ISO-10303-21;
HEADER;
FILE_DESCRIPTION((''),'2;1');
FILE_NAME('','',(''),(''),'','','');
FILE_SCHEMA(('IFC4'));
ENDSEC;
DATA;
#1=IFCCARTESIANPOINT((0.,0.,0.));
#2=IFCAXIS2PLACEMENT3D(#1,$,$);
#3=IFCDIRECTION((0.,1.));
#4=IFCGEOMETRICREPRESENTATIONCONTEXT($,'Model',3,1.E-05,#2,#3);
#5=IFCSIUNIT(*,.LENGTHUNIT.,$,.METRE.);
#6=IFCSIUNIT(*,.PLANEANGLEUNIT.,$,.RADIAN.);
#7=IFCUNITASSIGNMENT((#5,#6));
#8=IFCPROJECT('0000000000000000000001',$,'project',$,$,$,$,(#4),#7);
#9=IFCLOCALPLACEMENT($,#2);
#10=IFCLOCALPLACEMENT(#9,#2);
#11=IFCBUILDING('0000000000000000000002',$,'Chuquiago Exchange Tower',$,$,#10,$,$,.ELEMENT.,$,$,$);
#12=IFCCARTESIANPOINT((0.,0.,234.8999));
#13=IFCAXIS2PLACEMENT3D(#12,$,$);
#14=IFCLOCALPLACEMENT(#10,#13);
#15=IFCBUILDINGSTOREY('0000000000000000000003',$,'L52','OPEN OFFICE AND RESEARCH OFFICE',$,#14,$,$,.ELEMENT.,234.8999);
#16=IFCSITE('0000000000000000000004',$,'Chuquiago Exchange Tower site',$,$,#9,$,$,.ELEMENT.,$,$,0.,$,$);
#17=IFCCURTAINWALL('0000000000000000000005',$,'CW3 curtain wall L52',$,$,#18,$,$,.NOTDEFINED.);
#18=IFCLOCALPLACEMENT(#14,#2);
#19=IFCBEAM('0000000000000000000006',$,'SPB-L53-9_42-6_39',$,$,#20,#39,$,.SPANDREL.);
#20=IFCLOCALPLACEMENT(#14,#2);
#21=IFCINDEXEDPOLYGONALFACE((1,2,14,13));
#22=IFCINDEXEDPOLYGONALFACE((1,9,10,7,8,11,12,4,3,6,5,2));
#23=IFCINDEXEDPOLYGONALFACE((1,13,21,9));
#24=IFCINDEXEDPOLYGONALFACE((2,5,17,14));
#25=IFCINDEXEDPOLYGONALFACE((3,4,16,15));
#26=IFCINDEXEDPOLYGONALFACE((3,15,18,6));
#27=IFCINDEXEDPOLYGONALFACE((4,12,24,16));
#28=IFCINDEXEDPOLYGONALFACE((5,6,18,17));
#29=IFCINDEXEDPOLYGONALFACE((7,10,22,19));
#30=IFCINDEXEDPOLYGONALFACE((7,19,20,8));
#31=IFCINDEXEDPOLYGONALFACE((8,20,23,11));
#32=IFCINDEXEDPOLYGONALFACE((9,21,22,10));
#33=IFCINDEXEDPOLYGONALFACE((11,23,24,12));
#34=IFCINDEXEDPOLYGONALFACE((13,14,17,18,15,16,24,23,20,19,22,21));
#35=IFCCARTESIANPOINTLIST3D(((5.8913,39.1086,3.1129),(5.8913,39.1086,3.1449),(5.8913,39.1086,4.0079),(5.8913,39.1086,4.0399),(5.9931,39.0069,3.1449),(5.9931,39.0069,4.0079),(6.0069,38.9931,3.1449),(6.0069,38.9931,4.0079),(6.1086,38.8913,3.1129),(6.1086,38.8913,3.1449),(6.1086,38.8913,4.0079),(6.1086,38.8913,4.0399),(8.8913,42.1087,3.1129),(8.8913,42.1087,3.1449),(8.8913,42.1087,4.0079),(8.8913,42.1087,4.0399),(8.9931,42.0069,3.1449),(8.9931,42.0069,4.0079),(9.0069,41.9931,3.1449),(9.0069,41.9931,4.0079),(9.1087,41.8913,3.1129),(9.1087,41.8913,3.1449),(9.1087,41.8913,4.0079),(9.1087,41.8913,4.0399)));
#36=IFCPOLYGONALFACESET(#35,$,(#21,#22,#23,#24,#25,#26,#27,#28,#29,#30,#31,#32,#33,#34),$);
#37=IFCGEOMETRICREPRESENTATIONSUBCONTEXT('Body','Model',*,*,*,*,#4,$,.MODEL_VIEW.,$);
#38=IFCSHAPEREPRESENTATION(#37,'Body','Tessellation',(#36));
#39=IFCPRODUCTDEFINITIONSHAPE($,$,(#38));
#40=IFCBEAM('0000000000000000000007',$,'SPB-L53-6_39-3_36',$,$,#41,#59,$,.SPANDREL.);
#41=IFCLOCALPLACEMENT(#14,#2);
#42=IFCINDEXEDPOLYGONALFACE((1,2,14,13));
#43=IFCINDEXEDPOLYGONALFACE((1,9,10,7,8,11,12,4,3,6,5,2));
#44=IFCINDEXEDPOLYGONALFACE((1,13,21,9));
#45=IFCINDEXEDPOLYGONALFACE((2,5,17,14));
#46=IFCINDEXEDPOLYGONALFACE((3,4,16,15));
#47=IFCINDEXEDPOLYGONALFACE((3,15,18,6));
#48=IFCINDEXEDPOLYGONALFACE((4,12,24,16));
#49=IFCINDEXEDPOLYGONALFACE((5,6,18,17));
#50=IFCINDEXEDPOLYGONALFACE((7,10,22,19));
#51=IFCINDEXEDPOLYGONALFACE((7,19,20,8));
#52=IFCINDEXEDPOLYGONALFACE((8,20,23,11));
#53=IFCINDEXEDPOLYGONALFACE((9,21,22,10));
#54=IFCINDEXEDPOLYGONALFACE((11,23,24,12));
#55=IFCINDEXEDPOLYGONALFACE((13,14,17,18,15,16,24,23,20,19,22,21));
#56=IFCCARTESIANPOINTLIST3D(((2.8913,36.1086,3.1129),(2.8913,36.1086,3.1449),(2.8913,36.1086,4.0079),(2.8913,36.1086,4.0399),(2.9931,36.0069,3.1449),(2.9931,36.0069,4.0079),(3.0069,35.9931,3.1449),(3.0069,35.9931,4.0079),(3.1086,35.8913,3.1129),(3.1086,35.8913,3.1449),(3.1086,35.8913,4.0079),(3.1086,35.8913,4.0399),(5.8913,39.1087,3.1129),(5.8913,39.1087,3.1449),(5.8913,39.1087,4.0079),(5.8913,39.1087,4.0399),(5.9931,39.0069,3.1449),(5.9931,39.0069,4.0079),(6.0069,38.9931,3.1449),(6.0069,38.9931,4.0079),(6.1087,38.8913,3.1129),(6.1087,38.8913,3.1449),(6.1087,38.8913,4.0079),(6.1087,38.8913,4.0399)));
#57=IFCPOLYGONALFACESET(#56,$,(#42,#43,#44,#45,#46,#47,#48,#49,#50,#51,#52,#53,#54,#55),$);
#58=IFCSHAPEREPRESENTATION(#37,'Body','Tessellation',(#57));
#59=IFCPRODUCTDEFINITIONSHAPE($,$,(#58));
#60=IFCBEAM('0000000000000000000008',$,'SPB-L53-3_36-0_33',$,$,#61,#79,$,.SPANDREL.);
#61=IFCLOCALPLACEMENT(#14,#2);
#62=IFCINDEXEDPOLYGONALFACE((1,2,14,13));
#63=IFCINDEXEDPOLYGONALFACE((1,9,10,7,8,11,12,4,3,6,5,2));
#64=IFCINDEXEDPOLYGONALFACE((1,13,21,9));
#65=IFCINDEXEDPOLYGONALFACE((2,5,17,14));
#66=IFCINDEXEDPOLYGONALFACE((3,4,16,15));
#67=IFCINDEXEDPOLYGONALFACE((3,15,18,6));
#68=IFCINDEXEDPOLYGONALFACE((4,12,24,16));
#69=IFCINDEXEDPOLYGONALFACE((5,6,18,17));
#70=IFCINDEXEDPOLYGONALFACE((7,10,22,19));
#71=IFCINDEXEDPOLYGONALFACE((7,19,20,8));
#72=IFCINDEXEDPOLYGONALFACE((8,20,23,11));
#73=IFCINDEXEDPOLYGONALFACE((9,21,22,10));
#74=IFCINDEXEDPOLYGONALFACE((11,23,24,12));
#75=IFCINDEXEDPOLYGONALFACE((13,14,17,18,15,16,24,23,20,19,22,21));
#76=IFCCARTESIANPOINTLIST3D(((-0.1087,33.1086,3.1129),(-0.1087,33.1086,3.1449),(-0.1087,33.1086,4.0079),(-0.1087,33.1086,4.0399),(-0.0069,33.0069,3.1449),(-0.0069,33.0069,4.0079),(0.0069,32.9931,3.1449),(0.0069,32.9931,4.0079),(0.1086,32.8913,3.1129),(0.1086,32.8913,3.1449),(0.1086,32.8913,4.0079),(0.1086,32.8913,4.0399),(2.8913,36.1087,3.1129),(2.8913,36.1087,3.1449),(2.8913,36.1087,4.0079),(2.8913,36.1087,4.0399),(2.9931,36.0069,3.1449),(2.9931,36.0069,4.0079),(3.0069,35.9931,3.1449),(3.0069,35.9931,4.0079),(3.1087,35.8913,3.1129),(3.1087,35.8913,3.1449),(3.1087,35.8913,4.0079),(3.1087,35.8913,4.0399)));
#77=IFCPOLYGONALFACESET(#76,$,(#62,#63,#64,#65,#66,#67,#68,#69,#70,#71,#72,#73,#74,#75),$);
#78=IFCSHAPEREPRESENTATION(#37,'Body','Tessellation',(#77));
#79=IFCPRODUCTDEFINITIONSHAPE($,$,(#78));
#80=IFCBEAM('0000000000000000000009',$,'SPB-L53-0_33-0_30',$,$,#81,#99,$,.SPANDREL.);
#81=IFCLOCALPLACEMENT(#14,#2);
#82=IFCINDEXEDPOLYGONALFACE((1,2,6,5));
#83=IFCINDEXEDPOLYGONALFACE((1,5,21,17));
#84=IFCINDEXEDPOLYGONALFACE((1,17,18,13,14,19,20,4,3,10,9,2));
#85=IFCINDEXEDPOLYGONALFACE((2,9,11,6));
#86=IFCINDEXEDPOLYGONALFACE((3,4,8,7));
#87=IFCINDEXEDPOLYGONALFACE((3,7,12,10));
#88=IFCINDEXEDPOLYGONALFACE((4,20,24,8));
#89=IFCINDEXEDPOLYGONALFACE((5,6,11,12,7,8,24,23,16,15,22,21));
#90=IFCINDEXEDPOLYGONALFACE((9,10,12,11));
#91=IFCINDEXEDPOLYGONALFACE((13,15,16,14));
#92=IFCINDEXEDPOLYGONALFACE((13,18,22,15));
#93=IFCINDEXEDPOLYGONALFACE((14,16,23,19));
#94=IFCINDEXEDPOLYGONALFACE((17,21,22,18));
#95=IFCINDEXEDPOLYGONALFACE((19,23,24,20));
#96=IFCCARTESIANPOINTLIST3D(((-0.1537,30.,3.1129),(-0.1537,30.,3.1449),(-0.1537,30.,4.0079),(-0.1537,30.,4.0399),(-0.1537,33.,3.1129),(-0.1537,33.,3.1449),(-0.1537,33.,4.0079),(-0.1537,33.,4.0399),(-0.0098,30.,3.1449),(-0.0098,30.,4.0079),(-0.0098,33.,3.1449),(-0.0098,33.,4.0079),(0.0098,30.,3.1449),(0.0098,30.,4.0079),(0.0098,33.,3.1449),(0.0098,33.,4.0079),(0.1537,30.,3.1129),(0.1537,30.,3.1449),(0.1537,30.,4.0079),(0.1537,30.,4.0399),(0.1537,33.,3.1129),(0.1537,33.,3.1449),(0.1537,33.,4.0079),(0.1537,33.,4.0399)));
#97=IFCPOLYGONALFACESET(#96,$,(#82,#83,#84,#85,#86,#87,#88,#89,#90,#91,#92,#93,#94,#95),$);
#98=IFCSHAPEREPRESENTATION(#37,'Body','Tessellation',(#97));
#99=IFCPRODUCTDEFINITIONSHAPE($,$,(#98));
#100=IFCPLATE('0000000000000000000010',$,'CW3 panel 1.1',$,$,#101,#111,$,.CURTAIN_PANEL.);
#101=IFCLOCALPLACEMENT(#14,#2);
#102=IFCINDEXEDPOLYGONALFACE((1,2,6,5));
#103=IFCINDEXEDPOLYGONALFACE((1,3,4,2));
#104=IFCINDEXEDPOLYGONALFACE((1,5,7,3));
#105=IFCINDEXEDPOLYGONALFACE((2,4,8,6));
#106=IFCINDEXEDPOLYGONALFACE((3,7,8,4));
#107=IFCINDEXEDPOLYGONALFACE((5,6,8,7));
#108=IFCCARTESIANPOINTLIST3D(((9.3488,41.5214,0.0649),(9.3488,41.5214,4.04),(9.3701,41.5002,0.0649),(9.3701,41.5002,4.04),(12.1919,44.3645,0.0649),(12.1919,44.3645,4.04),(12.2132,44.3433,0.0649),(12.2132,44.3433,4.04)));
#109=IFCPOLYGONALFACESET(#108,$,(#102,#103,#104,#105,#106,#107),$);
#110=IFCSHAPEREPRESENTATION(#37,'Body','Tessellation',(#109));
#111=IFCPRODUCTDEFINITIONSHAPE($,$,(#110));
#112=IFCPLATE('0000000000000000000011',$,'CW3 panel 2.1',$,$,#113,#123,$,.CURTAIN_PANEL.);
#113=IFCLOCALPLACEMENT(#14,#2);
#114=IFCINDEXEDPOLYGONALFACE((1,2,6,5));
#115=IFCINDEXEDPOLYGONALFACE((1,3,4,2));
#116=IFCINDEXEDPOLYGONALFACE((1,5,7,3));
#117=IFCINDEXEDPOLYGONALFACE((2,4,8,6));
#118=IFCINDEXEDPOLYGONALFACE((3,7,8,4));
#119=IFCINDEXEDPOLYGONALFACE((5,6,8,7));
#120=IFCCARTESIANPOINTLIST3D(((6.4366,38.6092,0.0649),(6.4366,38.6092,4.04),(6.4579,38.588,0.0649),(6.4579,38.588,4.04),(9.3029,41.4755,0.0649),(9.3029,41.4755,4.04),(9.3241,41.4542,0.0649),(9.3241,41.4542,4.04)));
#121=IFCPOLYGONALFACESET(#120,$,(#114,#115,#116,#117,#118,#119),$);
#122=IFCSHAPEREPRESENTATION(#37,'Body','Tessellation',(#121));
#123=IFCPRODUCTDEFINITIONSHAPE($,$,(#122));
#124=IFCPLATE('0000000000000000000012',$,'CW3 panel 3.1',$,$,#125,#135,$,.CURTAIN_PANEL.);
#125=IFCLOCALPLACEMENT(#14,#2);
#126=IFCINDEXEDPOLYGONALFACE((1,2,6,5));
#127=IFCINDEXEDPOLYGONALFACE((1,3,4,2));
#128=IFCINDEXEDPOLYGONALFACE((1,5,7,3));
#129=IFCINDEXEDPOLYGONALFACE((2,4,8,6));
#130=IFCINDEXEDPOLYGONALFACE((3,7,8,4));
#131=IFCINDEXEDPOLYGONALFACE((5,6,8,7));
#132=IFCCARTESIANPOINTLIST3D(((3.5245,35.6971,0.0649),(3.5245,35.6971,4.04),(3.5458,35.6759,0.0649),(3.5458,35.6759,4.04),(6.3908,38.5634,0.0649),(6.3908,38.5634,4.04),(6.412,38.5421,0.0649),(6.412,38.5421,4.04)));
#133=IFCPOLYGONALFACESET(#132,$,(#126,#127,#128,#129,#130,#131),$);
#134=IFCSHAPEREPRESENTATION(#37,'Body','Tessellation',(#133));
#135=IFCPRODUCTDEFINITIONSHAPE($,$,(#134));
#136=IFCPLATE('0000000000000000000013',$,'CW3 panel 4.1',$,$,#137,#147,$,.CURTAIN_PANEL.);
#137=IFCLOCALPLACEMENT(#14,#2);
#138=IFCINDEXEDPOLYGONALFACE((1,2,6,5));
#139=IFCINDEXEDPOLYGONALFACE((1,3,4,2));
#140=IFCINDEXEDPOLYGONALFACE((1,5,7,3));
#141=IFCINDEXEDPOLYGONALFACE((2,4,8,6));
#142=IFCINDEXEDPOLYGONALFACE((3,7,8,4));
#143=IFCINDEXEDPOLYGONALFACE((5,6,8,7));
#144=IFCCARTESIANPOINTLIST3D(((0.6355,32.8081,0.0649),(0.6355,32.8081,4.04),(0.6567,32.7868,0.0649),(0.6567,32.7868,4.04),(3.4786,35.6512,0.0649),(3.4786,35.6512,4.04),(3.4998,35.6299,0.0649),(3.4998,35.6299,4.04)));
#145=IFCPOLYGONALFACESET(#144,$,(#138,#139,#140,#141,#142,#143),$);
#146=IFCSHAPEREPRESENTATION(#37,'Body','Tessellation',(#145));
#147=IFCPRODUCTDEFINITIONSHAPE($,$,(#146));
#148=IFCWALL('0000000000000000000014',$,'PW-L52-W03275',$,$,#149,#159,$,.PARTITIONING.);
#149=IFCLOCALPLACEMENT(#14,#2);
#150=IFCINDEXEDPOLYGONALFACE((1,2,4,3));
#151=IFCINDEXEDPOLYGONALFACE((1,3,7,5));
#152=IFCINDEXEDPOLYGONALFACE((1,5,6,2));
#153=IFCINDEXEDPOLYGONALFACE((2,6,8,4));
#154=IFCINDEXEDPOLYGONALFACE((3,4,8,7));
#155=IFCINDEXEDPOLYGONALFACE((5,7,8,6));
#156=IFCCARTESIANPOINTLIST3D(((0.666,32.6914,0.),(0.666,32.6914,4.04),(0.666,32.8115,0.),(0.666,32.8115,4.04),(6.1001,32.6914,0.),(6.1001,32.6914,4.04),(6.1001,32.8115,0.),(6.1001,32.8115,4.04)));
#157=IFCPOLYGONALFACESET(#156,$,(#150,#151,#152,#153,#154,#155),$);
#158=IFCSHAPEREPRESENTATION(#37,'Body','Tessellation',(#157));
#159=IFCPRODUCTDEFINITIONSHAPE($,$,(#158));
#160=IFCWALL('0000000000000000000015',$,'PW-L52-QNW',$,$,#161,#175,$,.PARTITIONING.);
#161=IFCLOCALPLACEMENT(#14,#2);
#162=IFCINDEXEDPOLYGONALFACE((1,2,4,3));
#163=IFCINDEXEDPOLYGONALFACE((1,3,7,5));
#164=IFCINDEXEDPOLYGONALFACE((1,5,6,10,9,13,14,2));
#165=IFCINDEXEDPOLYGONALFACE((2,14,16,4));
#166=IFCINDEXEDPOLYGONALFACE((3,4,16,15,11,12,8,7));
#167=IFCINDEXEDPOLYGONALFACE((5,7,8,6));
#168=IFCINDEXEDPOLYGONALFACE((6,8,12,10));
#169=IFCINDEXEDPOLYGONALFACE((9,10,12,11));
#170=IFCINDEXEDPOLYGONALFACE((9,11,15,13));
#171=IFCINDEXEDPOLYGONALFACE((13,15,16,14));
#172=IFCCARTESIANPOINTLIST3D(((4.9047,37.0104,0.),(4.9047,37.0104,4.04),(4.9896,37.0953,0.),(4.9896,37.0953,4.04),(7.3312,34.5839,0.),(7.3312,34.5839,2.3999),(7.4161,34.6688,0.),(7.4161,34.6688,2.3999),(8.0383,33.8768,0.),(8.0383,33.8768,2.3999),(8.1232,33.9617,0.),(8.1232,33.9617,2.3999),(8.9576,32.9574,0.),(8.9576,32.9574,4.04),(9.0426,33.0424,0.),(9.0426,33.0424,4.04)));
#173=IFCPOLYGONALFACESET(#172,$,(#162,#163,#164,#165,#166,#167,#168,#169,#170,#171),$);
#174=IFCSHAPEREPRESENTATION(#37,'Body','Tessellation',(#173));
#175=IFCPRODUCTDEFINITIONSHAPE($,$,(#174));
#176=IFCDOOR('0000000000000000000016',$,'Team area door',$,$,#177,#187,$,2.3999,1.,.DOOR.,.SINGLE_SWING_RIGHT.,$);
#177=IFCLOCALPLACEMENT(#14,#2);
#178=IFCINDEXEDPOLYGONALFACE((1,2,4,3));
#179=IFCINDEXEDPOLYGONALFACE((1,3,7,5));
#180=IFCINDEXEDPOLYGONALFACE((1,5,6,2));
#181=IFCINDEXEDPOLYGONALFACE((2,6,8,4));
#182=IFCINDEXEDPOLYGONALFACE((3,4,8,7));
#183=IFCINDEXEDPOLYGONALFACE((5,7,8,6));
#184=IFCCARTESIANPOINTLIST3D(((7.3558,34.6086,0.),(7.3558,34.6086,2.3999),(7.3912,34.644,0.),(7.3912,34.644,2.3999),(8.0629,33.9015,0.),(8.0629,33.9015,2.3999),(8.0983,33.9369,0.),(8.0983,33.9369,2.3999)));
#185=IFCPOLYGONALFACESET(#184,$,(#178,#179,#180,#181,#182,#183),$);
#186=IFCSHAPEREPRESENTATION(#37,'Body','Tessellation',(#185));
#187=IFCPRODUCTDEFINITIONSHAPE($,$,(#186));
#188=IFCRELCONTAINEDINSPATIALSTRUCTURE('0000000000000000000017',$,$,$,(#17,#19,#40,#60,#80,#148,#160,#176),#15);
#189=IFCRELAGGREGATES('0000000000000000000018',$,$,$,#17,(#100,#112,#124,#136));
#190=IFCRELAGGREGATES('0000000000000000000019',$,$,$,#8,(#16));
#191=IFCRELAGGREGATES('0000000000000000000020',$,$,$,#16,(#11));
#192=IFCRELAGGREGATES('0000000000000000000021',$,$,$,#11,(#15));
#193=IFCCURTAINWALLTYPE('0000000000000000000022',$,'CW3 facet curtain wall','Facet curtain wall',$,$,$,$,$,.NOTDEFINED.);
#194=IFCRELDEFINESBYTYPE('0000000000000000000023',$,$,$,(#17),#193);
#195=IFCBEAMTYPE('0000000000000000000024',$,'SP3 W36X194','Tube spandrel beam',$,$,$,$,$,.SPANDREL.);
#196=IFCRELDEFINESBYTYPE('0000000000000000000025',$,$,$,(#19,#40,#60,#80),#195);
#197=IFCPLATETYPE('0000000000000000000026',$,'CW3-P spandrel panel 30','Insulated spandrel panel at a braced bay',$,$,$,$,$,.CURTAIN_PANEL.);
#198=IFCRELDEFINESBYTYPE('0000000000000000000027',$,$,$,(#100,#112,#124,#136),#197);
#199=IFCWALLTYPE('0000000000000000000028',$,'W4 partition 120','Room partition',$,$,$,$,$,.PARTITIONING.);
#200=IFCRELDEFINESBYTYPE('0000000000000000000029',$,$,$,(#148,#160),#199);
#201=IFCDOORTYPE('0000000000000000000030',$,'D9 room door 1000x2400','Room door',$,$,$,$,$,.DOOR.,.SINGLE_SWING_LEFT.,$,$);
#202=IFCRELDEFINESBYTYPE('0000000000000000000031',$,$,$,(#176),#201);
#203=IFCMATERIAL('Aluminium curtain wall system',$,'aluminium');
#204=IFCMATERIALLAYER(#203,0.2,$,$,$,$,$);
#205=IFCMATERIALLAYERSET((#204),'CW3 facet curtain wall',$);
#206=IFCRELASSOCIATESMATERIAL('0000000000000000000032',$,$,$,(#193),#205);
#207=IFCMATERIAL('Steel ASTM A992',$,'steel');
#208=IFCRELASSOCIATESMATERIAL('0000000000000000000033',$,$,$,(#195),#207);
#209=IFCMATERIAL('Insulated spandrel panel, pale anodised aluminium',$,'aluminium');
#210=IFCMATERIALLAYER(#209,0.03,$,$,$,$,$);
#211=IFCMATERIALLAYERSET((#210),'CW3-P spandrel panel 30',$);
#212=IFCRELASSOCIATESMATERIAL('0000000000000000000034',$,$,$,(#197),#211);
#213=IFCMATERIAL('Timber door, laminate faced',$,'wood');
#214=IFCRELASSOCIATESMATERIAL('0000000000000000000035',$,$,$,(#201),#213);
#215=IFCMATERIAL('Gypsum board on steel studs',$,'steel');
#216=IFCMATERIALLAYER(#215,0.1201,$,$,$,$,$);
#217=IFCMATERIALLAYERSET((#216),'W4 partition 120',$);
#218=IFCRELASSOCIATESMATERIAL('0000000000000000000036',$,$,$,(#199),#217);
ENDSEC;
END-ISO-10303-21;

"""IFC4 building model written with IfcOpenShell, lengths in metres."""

from ifc_helpers import new_model, si_unit, direction, frame, frame_2d, origin, origin_2d, place, context, subcontext, project, spatial, rectangle, i_section, extrude, material, layer, layer_set, material_profile, profile_set, type_object, element, fill, aggregate, save


model = new_model("IFC4")

# Units and contexts
model_context = context("Model", 3, precision=1e-05, world=origin(), true_north=direction((0.0, 1.0)))
body_context = subcontext(model_context, "Body", "Model", "MODEL_VIEW")
ifc_project = project(units=[si_unit("LENGTHUNIT", "METRE"), si_unit("PLANEANGLEUNIT", "RADIAN")], contexts=[model_context])

# Site, building, storey
site_placement = place(None, origin())
site = spatial("IfcSite", under=ifc_project, at=site_placement, Name="Chuquiago Exchange Tower site", CompositionType="ELEMENT", RefElevation=0.0)
building_placement = place(site_placement, origin())
building = spatial("IfcBuilding", under=site, at=building_placement, Name="Chuquiago Exchange Tower", CompositionType="ELEMENT")
storey_placement = place(building_placement, frame((0.0, 0.0, 234.8999)))
storey = spatial("IfcBuildingStorey", under=building, at=storey_placement, Name="L52", Description="OPEN OFFICE AND RESEARCH OFFICE", CompositionType="ELEMENT", Elevation=234.8999)

# Curtain wall
ifc_material_1 = material(Name="Aluminium curtain wall system", Category="aluminium")
ifc_layer_1 = layer(ifc_material_1, 0.2)
ifc_layer_set_1 = layer_set([ifc_layer_1], Name="CW3 facet curtain wall")
curtain_wall_type = type_object("IfcCurtainWallType", Name="CW3 facet curtain wall", Description="Facet curtain wall", PredefinedType="NOTDEFINED", material=ifc_layer_set_1)
curtain_wall_placement = place(storey_placement, origin())
curtain_wall = element("IfcCurtainWall", 1, at=curtain_wall_placement, inside=storey, type_object=curtain_wall_type, Name="CW3 curtain wall L52", PredefinedType="NOTDEFINED")

# Beams
ifc_material_2 = material(Name="Steel ASTM A992", Category="steel")
ifc_material_profile_1 = material_profile(ifc_material_2, i_section(OverallWidth=0.3074, OverallDepth=0.927, WebThickness=0.0195, FlangeThickness=0.032, at=origin_2d()), Name="W36X194")
ifc_profile_set_1 = profile_set([ifc_material_profile_1], Name="Steel ASTM A992")
beam_type_1 = type_object("IfcBeamType", Name="SP3 W36X194", Description="Tube spandrel beam", PredefinedType="SPANDREL", material=ifc_profile_set_1)
for number, where, z_axis, x_axis, name in (
    (2, (9.0, 42.0, 3.5764), (-0.707107, -0.707107, 0.0), (0.707107, -0.707107, 0.0), "SPB-L53-9_42-6_39"),
    (3, (6.0, 39.0, 3.5764), (-0.707107, -0.707107, 0.0), (0.707107, -0.707107, 0.0), "SPB-L53-6_39-3_36"),
    (4, (3.0, 36.0, 3.5764), (-0.707107, -0.707107, 0.0), (0.707107, -0.707107, 0.0), "SPB-L53-3_36-0_33"),
):
    element("IfcBeam", number, at=place(storey_placement, frame(where, z_axis=z_axis, x_axis=x_axis)), inside=storey, type_object=beam_type_1, Name=name, PredefinedType="SPANDREL", context=body_context, shape_type="SweptSolid", body=[
        extrude(i_section(OverallWidth=0.3074, OverallDepth=0.927, WebThickness=0.0195, FlangeThickness=0.032, at=origin_2d()), origin(), (0.0, 0.0, 1.0), 4.2427),
    ])
beam_1_placement = place(storey_placement, frame((0.0, 33.0, 3.5764), z_axis=(0.0, -1.0, 0.0), x_axis=(1.0, 0.0, 0.0)))
element("IfcBeam", 5, at=beam_1_placement, inside=storey, type_object=beam_type_1, Name="SPB-L53-0_33-0_30", PredefinedType="SPANDREL", context=body_context, shape_type="SweptSolid", body=[
    extrude(i_section(OverallWidth=0.3074, OverallDepth=0.927, WebThickness=0.0195, FlangeThickness=0.032, at=origin_2d()), origin(), (0.0, 0.0, 1.0), 3.0),
])

# Plates
ifc_material_3 = material(Name="Insulated spandrel panel, pale anodised aluminium", Category="aluminium")
ifc_layer_2 = layer(ifc_material_3, 0.03)
ifc_layer_set_2 = layer_set([ifc_layer_2], Name="CW3-P spandrel panel 30")
plate_type = type_object("IfcPlateType", Name="CW3-P spandrel panel 30", Description="Insulated spandrel panel at a braced bay", PredefinedType="CURTAIN_PANEL", material=ifc_layer_set_2)
plate_1_placement = place(storey_placement, frame((10.781, 42.9324, 0.0649), z_axis=(0.0, 0.0, 1.0), x_axis=(-0.707107, -0.707107, 0.0)))
plate_1 = element("IfcPlate", 6, at=plate_1_placement, type_object=plate_type, Name="CW3 panel 1.1", PredefinedType="CURTAIN_PANEL", context=body_context, shape_type="SweptSolid", body=[
    extrude(rectangle(XDim=4.0208, YDim=0.03, at=origin_2d()), origin(), (0.0, 0.0, 1.0), 3.9751),
])
plate_2_placement = place(storey_placement, frame((7.8804, 40.0317, 0.0649), z_axis=(0.0, 0.0, 1.0), x_axis=(-0.707107, -0.707107, 0.0)))
plate_2 = element("IfcPlate", 7, at=plate_2_placement, type_object=plate_type, Name="CW3 panel 2.1", PredefinedType="CURTAIN_PANEL", context=body_context, shape_type="SweptSolid", body=[
    extrude(rectangle(XDim=4.0535, YDim=0.03, at=origin_2d()), origin(), (0.0, 0.0, 1.0), 3.9751),
])
plate_3_placement = place(storey_placement, frame((4.9683, 37.1196, 0.0649), z_axis=(0.0, 0.0, 1.0), x_axis=(-0.707107, -0.707107, 0.0)))
plate_3 = element("IfcPlate", 8, at=plate_3_placement, type_object=plate_type, Name="CW3 panel 3.1", PredefinedType="CURTAIN_PANEL", context=body_context, shape_type="SweptSolid", body=[
    extrude(rectangle(XDim=4.0535, YDim=0.03, at=origin_2d()), origin(), (0.0, 0.0, 1.0), 3.9751),
])
plate_4_placement = place(storey_placement, frame((2.0676, 34.219, 0.0649), z_axis=(0.0, 0.0, 1.0), x_axis=(-0.707107, -0.707107, 0.0)))
plate_4 = element("IfcPlate", 9, at=plate_4_placement, type_object=plate_type, Name="CW3 panel 4.1", PredefinedType="CURTAIN_PANEL", context=body_context, shape_type="SweptSolid", body=[
    extrude(rectangle(XDim=4.0208, YDim=0.03, at=origin_2d()), origin(), (0.0, 0.0, 1.0), 3.9751),
])
aggregate(curtain_wall, [plate_1, plate_2, plate_3, plate_4])

# Shared definitions
ifc_material_4 = material(Name="Timber door, laminate faced", Category="wood")
door_type = type_object("IfcDoorType", Name="D9 room door 1000x2400", Description="Room door", OperationType="SINGLE_SWING_LEFT", PredefinedType="DOOR", material=ifc_material_4)

# Wall
ifc_material_5 = material(Name="Gypsum board on steel studs", Category="steel")
ifc_layer_3 = layer(ifc_material_5, 0.1201)
ifc_layer_set_3 = layer_set([ifc_layer_3], Name="W4 partition 120")
wall_type_1 = type_object("IfcWallType", Name="W4 partition 120", Description="Room partition", PredefinedType="PARTITIONING", material=ifc_layer_set_3)
wall_1_placement = place(storey_placement, frame((0.666, 32.7515, 0.0), z_axis=(0.0, 0.0, 1.0), x_axis=(1.0, 0.0, 0.0)))
element("IfcWall", 10, at=wall_1_placement, inside=storey, type_object=wall_type_1, Name="PW-L52-W03275", PredefinedType="PARTITIONING", context=body_context, shape_type="SweptSolid", body=[
    extrude(rectangle(XDim=5.4341, YDim=0.1201, at=frame_2d((2.717, 0.0))), origin(), (0.0, 0.0, 1.0), 4.04),
])

# Wall, opening, door
wall_2_placement = place(storey_placement, frame((9.0, 33.0, 0.0), z_axis=(0.0, 0.0, 1.0), x_axis=(-0.707107, 0.707107, 0.0)))
wall_2 = element("IfcWall", 11, at=wall_2_placement, inside=storey, type_object=wall_type_1, Name="PW-L52-QNW", PredefinedType="PARTITIONING", context=body_context, shape_type="SweptSolid", body=[
    extrude(rectangle(XDim=5.7317, YDim=0.1201, at=frame_2d((2.8657, 0.0))), origin(), (0.0, 0.0, 1.0), 4.04),
])
opening_1_placement = place(wall_2_placement, frame((1.3, 0.0, 0.0)))
opening_1 = element("IfcOpeningElement", 12, at=opening_1_placement, cuts=wall_2, PredefinedType="OPENING", context=body_context, shape_type="SweptSolid", body=[
    extrude(rectangle(XDim=1.0, YDim=2.3999, at=frame_2d((0.5, 1.2))), frame((0.0, 0.0701, 0.0), z_axis=(0.0, -1.0, 0.0), x_axis=(1.0, 0.0, 0.0)), (0.0, 0.0, 1.0), 0.1401),
])
door_1_placement = place(opening_1_placement, frame((1.0, 0.0, 0.0), z_axis=(0.0, 0.0, 1.0), x_axis=(-1.0, 0.0, 0.0)))
door_1 = element("IfcDoor", 13, at=door_1_placement, inside=storey, type_object=door_type, Name="Team area door", OperationType="SINGLE_SWING_RIGHT", OverallHeight=2.3999, OverallWidth=1.0, PredefinedType="DOOR", context=body_context, shape_type="SweptSolid", body=[
    extrude(rectangle(XDim=1.0, YDim=2.3999, at=frame_2d((0.5, 1.2))), frame((0.0, 0.0249, 0.0), z_axis=(0.0, -1.0, 0.0), x_axis=(1.0, 0.0, 0.0)), (0.0, 0.0, 1.0), 0.05),
])
fill(opening_1, door_1)

save(model, "model.ifc")
